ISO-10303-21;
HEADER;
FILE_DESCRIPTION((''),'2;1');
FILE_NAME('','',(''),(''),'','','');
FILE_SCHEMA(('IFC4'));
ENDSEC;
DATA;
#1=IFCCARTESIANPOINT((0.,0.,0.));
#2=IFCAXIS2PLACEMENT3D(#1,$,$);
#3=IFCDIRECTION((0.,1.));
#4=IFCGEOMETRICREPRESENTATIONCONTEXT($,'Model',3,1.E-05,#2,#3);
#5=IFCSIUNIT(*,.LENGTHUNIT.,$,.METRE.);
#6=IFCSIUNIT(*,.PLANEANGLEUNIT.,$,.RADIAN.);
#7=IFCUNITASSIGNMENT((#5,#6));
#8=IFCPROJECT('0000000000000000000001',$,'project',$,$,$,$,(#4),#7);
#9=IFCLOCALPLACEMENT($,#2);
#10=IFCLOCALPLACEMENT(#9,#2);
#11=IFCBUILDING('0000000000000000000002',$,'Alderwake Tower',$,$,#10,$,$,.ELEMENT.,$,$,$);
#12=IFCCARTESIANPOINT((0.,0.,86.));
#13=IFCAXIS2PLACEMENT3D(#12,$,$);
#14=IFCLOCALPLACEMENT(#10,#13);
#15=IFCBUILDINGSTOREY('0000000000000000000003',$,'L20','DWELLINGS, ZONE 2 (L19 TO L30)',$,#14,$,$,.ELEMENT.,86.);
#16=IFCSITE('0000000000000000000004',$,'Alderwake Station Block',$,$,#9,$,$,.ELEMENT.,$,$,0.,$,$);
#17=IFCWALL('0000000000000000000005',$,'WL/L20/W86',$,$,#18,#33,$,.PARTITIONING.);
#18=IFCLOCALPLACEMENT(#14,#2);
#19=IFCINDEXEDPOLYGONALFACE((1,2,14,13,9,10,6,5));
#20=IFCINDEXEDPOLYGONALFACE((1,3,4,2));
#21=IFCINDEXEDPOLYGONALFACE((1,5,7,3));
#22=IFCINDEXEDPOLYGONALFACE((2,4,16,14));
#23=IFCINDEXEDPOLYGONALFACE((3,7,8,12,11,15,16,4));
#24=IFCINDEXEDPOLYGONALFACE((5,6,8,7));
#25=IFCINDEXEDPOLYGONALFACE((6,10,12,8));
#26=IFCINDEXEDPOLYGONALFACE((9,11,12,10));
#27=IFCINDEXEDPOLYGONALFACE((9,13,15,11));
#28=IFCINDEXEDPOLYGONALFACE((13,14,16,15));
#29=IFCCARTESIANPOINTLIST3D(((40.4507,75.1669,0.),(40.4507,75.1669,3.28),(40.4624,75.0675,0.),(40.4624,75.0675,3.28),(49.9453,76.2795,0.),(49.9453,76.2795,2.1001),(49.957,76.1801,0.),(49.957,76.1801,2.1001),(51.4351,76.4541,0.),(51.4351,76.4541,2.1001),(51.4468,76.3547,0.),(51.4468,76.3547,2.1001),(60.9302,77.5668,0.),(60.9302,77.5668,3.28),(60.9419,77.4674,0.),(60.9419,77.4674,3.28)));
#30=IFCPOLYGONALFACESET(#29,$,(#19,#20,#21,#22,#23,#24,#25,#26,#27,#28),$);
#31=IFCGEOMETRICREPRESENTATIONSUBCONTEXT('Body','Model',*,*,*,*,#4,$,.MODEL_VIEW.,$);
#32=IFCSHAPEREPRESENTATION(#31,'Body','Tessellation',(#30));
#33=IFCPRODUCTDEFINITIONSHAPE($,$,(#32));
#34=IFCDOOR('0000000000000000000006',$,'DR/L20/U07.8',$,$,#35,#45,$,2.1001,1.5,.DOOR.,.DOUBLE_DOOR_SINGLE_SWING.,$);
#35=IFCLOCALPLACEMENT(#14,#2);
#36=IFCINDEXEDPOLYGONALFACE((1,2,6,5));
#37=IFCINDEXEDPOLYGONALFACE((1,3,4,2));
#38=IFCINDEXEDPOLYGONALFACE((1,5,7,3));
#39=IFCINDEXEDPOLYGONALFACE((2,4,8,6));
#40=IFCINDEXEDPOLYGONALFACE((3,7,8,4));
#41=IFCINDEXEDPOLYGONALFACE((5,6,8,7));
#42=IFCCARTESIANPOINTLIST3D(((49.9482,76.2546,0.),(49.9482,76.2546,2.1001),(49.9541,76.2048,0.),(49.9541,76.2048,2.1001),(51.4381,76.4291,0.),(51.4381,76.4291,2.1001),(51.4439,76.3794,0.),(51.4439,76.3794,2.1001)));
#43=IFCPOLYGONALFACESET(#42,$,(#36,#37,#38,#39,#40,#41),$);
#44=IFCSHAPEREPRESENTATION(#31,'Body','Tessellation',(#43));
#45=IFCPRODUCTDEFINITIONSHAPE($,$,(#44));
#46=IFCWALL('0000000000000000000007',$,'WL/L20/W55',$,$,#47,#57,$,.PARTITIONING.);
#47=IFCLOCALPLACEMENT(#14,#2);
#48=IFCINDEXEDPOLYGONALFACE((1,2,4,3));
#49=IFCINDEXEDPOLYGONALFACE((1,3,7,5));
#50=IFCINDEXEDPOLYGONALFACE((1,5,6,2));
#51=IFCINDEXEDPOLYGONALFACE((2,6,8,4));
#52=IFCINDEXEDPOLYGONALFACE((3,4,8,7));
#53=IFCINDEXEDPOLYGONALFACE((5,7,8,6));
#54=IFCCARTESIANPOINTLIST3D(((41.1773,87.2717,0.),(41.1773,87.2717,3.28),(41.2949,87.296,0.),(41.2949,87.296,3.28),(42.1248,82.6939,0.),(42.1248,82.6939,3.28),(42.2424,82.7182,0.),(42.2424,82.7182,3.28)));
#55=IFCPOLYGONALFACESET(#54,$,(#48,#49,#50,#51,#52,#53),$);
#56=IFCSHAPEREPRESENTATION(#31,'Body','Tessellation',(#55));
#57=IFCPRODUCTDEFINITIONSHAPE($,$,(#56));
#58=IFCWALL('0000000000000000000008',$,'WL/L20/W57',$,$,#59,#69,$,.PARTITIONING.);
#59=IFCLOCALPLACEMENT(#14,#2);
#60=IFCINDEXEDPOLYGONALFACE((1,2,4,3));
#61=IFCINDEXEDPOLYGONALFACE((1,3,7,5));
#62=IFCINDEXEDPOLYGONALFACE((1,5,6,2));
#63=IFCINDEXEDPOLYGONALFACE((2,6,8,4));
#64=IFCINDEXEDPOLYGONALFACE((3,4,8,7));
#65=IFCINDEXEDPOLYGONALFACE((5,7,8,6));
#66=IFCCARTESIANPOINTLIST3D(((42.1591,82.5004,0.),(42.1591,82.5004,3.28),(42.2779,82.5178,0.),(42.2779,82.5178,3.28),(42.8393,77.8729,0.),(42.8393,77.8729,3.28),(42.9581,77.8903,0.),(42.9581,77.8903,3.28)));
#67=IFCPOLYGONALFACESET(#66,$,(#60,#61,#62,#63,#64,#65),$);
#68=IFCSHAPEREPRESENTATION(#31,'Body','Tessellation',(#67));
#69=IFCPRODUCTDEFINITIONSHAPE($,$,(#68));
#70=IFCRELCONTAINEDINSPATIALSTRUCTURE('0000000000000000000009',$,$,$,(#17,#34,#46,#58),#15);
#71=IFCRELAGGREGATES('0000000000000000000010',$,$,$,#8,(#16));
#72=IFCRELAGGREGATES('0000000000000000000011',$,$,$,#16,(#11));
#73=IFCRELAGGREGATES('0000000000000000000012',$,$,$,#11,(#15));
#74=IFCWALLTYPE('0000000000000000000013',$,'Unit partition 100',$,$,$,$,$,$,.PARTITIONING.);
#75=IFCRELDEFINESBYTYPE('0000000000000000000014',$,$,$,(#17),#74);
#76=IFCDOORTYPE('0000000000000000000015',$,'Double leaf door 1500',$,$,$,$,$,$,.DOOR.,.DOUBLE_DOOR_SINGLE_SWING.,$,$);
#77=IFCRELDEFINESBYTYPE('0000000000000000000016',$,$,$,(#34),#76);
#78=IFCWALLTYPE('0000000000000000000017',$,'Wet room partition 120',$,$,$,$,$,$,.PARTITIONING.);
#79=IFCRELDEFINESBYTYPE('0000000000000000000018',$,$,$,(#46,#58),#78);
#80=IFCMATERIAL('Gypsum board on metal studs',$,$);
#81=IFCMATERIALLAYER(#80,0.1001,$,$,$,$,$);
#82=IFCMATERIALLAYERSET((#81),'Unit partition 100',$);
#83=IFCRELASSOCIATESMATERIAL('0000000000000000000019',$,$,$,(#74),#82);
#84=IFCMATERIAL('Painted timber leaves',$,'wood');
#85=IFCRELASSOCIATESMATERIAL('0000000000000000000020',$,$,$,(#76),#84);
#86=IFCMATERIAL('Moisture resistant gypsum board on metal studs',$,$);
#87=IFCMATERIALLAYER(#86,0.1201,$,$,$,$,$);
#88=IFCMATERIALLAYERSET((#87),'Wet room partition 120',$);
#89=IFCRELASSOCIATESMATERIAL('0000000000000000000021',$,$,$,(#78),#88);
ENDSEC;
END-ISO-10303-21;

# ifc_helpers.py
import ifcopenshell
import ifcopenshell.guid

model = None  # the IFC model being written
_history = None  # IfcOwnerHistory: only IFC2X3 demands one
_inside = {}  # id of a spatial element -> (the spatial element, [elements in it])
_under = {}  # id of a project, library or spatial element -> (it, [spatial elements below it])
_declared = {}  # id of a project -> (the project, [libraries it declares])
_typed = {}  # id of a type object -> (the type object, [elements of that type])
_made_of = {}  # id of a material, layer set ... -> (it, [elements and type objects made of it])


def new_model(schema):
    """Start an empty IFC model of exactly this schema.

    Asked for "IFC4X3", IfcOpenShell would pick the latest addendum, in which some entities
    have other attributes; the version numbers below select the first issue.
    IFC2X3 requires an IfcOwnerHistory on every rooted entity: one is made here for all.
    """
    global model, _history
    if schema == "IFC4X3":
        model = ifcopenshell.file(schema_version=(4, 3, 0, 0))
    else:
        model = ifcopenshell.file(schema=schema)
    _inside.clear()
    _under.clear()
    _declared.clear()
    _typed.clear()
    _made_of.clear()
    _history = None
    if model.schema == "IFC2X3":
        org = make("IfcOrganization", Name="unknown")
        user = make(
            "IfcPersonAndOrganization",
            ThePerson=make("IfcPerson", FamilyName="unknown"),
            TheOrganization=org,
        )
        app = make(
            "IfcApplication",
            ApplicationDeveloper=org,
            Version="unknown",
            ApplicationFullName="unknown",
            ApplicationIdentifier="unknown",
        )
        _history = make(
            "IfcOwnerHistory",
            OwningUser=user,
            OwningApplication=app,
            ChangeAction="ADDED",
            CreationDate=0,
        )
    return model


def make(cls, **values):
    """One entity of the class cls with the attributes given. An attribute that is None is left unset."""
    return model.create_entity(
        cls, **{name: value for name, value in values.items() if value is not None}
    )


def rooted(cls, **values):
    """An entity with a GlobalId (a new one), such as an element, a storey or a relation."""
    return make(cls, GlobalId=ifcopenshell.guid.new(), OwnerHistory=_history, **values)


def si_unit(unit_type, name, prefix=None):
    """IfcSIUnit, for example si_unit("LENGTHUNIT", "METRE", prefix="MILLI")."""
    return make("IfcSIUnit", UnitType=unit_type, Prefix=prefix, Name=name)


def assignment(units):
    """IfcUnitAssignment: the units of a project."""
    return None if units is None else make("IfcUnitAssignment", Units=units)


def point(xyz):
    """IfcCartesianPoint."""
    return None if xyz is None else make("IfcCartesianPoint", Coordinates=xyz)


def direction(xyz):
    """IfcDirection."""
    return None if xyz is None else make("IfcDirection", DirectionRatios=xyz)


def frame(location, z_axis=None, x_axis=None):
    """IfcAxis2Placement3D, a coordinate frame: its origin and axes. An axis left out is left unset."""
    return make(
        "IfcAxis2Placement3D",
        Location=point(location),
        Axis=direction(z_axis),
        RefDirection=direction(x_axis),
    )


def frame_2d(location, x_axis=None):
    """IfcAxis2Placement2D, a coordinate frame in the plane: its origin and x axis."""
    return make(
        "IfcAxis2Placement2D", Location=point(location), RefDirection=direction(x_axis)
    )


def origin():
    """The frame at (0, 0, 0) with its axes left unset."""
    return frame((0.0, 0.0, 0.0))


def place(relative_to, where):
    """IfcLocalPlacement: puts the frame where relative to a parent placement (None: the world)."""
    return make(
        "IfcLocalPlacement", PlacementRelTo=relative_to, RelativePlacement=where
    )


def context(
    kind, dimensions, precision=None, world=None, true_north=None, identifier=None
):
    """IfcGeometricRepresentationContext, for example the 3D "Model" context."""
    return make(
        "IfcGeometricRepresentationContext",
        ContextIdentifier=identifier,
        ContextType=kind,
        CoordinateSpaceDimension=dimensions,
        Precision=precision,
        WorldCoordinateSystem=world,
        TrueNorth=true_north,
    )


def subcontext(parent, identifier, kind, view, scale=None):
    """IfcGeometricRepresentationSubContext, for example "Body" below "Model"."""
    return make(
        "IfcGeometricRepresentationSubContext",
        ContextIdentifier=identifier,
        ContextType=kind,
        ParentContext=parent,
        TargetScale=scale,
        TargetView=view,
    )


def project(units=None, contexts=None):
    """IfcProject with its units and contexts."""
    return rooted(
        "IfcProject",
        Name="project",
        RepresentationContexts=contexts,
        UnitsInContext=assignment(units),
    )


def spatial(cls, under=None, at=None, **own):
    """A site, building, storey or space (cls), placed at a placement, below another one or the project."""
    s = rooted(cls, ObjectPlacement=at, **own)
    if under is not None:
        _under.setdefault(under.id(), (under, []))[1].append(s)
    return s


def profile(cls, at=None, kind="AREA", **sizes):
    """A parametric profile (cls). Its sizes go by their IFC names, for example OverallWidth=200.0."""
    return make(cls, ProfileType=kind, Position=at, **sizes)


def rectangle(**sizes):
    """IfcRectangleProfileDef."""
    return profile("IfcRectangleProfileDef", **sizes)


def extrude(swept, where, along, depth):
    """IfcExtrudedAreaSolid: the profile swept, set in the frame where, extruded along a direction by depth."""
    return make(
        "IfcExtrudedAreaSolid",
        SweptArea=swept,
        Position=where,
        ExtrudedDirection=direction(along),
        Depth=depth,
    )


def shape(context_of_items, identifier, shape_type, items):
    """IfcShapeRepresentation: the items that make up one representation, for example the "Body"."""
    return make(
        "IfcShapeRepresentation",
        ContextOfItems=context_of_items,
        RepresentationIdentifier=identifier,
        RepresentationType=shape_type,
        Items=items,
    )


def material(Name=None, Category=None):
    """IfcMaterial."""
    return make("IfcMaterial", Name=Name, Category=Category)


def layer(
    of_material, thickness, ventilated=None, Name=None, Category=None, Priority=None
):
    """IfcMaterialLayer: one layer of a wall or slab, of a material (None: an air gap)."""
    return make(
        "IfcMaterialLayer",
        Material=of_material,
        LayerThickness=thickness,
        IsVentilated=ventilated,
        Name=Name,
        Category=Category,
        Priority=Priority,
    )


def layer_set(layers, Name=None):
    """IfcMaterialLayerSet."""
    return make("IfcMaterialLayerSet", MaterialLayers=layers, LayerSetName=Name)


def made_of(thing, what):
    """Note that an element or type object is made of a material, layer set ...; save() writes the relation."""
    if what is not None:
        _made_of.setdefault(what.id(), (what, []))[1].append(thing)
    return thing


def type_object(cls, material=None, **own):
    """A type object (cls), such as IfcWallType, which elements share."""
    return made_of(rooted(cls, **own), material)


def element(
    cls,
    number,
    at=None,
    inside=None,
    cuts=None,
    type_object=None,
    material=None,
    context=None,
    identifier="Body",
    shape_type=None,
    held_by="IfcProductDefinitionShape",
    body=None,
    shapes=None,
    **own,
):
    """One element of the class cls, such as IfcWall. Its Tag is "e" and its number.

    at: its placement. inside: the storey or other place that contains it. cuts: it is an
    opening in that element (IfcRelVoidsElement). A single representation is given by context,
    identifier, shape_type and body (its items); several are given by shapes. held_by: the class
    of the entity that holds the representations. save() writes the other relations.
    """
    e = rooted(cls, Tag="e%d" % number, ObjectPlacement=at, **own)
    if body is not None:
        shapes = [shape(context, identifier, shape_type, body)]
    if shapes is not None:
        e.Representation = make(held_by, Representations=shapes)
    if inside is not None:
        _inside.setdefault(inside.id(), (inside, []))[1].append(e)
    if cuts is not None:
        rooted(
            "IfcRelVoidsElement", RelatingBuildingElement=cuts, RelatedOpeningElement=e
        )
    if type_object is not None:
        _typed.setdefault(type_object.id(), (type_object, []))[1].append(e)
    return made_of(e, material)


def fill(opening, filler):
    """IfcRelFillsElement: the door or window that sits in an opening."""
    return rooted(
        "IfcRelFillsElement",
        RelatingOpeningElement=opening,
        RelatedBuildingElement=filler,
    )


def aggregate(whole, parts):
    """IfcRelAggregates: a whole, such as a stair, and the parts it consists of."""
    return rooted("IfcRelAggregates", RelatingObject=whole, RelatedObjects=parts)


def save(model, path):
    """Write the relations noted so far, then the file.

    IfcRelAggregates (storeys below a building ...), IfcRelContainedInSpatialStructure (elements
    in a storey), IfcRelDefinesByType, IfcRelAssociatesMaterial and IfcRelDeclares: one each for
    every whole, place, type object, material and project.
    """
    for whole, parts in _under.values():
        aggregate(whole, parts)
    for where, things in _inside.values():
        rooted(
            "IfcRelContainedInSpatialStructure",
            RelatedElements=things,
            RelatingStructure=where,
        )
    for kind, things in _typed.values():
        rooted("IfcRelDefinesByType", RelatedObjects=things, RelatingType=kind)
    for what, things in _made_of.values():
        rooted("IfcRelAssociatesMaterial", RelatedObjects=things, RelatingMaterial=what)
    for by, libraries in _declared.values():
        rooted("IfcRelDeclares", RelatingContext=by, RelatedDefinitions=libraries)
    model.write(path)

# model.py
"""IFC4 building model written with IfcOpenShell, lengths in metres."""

from ifc_helpers import new_model, si_unit, direction, frame, frame_2d, origin, place, context, subcontext, project, spatial, rectangle, extrude, material, layer, layer_set, type_object, element, fill, save


model = new_model("IFC4")

# Units and contexts
model_context = context("Model", 3, precision=1e-05, world=origin(), true_north=direction((0.0, 1.0)))
body_context = subcontext(model_context, "Body", "Model", "MODEL_VIEW")
ifc_project = project(units=[si_unit("LENGTHUNIT", "METRE"), si_unit("PLANEANGLEUNIT", "RADIAN")], contexts=[model_context])

# Site, building, storey
site_placement = place(None, origin())
site = spatial("IfcSite", under=ifc_project, at=site_placement, Name="Alderwake Station Block", CompositionType="ELEMENT", RefElevation=0.0)
building_placement = place(site_placement, origin())
building = spatial("IfcBuilding", under=site, at=building_placement, Name="Alderwake Tower", CompositionType="ELEMENT")
storey_placement = place(building_placement, frame((0.0, 0.0, 86.0)))
storey = spatial("IfcBuildingStorey", under=building, at=storey_placement, Name="L20", Description="DWELLINGS, ZONE 2 (L19 TO L30)", CompositionType="ELEMENT", Elevation=86.0)

# Shared definitions
ifc_material_1 = material(Name="Gypsum board on metal studs")
ifc_layer_1 = layer(ifc_material_1, 0.1001)
ifc_layer_set_1 = layer_set([ifc_layer_1], Name="Unit partition 100")
wall_type_1 = type_object("IfcWallType", Name="Unit partition 100", PredefinedType="PARTITIONING", material=ifc_layer_set_1)

# Wall, opening, door
wall_1_placement = place(storey_placement, frame((40.4565, 75.1172, 0.0), z_axis=(0.0, 0.0, 1.0), x_axis=(0.993204, 0.116389, 0.0)))
wall_1 = element("IfcWall", 1, at=wall_1_placement, inside=storey, type_object=wall_type_1, Name="WL/L20/W86", PredefinedType="PARTITIONING", context=body_context, shape_type="SweptSolid", body=[
    extrude(rectangle(XDim=20.6196, YDim=0.1001, at=frame_2d((10.3098, 0.0))), origin(), (0.0, 0.0, 1.0), 3.28),
])
opening_1_placement = place(wall_1_placement, frame((9.5596, 0.0, 0.0)))
opening_1 = element("IfcOpeningElement", 2, at=opening_1_placement, cuts=wall_1, PredefinedType="OPENING", context=body_context, shape_type="SweptSolid", body=[
    extrude(rectangle(XDim=1.5, YDim=2.1001, at=frame_2d((0.75, 1.05))), frame((0.0, 0.0601, 0.0), z_axis=(0.0, -1.0, 0.0), x_axis=(1.0, 0.0, 0.0)), (0.0, 0.0, 1.0), 0.1201),
])
ifc_material_2 = material(Name="Painted timber leaves", Category="wood")
door_type_1 = type_object("IfcDoorType", Name="Double leaf door 1500", OperationType="DOUBLE_DOOR_SINGLE_SWING", PredefinedType="DOOR", material=ifc_material_2)
door_1_placement = place(opening_1_placement, origin())
door_1 = element("IfcDoor", 3, at=door_1_placement, inside=storey, type_object=door_type_1, Name="DR/L20/U07.8", OperationType="DOUBLE_DOOR_SINGLE_SWING", OverallHeight=2.1001, OverallWidth=1.5, PredefinedType="DOOR", context=body_context, shape_type="SweptSolid", body=[
    extrude(rectangle(XDim=1.5, YDim=2.1001, at=frame_2d((0.75, 1.05))), frame((0.0, 0.0249, 0.0), z_axis=(0.0, -1.0, 0.0), x_axis=(1.0, 0.0, 0.0)), (0.0, 0.0, 1.0), 0.05),
])
fill(opening_1, door_1)

# Walls
ifc_material_3 = material(Name="Moisture resistant gypsum board on metal studs")
ifc_layer_2 = layer(ifc_material_3, 0.1201)
ifc_layer_set_2 = layer_set([ifc_layer_2], Name="Wet room partition 120")
wall_type_2 = type_object("IfcWallType", Name="Wet room partition 120", PredefinedType="PARTITIONING", material=ifc_layer_set_2)
wall_2_placement = place(storey_placement, frame((42.1836, 82.7061, 0.0), z_axis=(0.0, 0.0, 1.0), x_axis=(-0.20268, 0.979245, 0.0)))
element("IfcWall", 4, at=wall_2_placement, inside=storey, type_object=wall_type_2, Name="WL/L20/W55", PredefinedType="PARTITIONING", context=body_context, shape_type="SweptSolid", body=[
    extrude(rectangle(XDim=4.6748, YDim=0.1201, at=frame_2d((2.3374, 0.0))), origin(), (0.0, 0.0, 1.0), 3.28),
])
wall_3_placement = place(storey_placement, frame((42.8987, 77.8816, 0.0), z_axis=(0.0, 0.0, 1.0), x_axis=(-0.145425, 0.989369, 0.0)))
element("IfcWall", 5, at=wall_3_placement, inside=storey, type_object=wall_type_2, Name="WL/L20/W57", PredefinedType="PARTITIONING", context=body_context, shape_type="SweptSolid", body=[
    extrude(rectangle(XDim=4.6772, YDim=0.1201, at=frame_2d((2.3386, 0.0))), origin(), (0.0, 0.0, 1.0), 3.28),
])

save(model, "model.ifc")
